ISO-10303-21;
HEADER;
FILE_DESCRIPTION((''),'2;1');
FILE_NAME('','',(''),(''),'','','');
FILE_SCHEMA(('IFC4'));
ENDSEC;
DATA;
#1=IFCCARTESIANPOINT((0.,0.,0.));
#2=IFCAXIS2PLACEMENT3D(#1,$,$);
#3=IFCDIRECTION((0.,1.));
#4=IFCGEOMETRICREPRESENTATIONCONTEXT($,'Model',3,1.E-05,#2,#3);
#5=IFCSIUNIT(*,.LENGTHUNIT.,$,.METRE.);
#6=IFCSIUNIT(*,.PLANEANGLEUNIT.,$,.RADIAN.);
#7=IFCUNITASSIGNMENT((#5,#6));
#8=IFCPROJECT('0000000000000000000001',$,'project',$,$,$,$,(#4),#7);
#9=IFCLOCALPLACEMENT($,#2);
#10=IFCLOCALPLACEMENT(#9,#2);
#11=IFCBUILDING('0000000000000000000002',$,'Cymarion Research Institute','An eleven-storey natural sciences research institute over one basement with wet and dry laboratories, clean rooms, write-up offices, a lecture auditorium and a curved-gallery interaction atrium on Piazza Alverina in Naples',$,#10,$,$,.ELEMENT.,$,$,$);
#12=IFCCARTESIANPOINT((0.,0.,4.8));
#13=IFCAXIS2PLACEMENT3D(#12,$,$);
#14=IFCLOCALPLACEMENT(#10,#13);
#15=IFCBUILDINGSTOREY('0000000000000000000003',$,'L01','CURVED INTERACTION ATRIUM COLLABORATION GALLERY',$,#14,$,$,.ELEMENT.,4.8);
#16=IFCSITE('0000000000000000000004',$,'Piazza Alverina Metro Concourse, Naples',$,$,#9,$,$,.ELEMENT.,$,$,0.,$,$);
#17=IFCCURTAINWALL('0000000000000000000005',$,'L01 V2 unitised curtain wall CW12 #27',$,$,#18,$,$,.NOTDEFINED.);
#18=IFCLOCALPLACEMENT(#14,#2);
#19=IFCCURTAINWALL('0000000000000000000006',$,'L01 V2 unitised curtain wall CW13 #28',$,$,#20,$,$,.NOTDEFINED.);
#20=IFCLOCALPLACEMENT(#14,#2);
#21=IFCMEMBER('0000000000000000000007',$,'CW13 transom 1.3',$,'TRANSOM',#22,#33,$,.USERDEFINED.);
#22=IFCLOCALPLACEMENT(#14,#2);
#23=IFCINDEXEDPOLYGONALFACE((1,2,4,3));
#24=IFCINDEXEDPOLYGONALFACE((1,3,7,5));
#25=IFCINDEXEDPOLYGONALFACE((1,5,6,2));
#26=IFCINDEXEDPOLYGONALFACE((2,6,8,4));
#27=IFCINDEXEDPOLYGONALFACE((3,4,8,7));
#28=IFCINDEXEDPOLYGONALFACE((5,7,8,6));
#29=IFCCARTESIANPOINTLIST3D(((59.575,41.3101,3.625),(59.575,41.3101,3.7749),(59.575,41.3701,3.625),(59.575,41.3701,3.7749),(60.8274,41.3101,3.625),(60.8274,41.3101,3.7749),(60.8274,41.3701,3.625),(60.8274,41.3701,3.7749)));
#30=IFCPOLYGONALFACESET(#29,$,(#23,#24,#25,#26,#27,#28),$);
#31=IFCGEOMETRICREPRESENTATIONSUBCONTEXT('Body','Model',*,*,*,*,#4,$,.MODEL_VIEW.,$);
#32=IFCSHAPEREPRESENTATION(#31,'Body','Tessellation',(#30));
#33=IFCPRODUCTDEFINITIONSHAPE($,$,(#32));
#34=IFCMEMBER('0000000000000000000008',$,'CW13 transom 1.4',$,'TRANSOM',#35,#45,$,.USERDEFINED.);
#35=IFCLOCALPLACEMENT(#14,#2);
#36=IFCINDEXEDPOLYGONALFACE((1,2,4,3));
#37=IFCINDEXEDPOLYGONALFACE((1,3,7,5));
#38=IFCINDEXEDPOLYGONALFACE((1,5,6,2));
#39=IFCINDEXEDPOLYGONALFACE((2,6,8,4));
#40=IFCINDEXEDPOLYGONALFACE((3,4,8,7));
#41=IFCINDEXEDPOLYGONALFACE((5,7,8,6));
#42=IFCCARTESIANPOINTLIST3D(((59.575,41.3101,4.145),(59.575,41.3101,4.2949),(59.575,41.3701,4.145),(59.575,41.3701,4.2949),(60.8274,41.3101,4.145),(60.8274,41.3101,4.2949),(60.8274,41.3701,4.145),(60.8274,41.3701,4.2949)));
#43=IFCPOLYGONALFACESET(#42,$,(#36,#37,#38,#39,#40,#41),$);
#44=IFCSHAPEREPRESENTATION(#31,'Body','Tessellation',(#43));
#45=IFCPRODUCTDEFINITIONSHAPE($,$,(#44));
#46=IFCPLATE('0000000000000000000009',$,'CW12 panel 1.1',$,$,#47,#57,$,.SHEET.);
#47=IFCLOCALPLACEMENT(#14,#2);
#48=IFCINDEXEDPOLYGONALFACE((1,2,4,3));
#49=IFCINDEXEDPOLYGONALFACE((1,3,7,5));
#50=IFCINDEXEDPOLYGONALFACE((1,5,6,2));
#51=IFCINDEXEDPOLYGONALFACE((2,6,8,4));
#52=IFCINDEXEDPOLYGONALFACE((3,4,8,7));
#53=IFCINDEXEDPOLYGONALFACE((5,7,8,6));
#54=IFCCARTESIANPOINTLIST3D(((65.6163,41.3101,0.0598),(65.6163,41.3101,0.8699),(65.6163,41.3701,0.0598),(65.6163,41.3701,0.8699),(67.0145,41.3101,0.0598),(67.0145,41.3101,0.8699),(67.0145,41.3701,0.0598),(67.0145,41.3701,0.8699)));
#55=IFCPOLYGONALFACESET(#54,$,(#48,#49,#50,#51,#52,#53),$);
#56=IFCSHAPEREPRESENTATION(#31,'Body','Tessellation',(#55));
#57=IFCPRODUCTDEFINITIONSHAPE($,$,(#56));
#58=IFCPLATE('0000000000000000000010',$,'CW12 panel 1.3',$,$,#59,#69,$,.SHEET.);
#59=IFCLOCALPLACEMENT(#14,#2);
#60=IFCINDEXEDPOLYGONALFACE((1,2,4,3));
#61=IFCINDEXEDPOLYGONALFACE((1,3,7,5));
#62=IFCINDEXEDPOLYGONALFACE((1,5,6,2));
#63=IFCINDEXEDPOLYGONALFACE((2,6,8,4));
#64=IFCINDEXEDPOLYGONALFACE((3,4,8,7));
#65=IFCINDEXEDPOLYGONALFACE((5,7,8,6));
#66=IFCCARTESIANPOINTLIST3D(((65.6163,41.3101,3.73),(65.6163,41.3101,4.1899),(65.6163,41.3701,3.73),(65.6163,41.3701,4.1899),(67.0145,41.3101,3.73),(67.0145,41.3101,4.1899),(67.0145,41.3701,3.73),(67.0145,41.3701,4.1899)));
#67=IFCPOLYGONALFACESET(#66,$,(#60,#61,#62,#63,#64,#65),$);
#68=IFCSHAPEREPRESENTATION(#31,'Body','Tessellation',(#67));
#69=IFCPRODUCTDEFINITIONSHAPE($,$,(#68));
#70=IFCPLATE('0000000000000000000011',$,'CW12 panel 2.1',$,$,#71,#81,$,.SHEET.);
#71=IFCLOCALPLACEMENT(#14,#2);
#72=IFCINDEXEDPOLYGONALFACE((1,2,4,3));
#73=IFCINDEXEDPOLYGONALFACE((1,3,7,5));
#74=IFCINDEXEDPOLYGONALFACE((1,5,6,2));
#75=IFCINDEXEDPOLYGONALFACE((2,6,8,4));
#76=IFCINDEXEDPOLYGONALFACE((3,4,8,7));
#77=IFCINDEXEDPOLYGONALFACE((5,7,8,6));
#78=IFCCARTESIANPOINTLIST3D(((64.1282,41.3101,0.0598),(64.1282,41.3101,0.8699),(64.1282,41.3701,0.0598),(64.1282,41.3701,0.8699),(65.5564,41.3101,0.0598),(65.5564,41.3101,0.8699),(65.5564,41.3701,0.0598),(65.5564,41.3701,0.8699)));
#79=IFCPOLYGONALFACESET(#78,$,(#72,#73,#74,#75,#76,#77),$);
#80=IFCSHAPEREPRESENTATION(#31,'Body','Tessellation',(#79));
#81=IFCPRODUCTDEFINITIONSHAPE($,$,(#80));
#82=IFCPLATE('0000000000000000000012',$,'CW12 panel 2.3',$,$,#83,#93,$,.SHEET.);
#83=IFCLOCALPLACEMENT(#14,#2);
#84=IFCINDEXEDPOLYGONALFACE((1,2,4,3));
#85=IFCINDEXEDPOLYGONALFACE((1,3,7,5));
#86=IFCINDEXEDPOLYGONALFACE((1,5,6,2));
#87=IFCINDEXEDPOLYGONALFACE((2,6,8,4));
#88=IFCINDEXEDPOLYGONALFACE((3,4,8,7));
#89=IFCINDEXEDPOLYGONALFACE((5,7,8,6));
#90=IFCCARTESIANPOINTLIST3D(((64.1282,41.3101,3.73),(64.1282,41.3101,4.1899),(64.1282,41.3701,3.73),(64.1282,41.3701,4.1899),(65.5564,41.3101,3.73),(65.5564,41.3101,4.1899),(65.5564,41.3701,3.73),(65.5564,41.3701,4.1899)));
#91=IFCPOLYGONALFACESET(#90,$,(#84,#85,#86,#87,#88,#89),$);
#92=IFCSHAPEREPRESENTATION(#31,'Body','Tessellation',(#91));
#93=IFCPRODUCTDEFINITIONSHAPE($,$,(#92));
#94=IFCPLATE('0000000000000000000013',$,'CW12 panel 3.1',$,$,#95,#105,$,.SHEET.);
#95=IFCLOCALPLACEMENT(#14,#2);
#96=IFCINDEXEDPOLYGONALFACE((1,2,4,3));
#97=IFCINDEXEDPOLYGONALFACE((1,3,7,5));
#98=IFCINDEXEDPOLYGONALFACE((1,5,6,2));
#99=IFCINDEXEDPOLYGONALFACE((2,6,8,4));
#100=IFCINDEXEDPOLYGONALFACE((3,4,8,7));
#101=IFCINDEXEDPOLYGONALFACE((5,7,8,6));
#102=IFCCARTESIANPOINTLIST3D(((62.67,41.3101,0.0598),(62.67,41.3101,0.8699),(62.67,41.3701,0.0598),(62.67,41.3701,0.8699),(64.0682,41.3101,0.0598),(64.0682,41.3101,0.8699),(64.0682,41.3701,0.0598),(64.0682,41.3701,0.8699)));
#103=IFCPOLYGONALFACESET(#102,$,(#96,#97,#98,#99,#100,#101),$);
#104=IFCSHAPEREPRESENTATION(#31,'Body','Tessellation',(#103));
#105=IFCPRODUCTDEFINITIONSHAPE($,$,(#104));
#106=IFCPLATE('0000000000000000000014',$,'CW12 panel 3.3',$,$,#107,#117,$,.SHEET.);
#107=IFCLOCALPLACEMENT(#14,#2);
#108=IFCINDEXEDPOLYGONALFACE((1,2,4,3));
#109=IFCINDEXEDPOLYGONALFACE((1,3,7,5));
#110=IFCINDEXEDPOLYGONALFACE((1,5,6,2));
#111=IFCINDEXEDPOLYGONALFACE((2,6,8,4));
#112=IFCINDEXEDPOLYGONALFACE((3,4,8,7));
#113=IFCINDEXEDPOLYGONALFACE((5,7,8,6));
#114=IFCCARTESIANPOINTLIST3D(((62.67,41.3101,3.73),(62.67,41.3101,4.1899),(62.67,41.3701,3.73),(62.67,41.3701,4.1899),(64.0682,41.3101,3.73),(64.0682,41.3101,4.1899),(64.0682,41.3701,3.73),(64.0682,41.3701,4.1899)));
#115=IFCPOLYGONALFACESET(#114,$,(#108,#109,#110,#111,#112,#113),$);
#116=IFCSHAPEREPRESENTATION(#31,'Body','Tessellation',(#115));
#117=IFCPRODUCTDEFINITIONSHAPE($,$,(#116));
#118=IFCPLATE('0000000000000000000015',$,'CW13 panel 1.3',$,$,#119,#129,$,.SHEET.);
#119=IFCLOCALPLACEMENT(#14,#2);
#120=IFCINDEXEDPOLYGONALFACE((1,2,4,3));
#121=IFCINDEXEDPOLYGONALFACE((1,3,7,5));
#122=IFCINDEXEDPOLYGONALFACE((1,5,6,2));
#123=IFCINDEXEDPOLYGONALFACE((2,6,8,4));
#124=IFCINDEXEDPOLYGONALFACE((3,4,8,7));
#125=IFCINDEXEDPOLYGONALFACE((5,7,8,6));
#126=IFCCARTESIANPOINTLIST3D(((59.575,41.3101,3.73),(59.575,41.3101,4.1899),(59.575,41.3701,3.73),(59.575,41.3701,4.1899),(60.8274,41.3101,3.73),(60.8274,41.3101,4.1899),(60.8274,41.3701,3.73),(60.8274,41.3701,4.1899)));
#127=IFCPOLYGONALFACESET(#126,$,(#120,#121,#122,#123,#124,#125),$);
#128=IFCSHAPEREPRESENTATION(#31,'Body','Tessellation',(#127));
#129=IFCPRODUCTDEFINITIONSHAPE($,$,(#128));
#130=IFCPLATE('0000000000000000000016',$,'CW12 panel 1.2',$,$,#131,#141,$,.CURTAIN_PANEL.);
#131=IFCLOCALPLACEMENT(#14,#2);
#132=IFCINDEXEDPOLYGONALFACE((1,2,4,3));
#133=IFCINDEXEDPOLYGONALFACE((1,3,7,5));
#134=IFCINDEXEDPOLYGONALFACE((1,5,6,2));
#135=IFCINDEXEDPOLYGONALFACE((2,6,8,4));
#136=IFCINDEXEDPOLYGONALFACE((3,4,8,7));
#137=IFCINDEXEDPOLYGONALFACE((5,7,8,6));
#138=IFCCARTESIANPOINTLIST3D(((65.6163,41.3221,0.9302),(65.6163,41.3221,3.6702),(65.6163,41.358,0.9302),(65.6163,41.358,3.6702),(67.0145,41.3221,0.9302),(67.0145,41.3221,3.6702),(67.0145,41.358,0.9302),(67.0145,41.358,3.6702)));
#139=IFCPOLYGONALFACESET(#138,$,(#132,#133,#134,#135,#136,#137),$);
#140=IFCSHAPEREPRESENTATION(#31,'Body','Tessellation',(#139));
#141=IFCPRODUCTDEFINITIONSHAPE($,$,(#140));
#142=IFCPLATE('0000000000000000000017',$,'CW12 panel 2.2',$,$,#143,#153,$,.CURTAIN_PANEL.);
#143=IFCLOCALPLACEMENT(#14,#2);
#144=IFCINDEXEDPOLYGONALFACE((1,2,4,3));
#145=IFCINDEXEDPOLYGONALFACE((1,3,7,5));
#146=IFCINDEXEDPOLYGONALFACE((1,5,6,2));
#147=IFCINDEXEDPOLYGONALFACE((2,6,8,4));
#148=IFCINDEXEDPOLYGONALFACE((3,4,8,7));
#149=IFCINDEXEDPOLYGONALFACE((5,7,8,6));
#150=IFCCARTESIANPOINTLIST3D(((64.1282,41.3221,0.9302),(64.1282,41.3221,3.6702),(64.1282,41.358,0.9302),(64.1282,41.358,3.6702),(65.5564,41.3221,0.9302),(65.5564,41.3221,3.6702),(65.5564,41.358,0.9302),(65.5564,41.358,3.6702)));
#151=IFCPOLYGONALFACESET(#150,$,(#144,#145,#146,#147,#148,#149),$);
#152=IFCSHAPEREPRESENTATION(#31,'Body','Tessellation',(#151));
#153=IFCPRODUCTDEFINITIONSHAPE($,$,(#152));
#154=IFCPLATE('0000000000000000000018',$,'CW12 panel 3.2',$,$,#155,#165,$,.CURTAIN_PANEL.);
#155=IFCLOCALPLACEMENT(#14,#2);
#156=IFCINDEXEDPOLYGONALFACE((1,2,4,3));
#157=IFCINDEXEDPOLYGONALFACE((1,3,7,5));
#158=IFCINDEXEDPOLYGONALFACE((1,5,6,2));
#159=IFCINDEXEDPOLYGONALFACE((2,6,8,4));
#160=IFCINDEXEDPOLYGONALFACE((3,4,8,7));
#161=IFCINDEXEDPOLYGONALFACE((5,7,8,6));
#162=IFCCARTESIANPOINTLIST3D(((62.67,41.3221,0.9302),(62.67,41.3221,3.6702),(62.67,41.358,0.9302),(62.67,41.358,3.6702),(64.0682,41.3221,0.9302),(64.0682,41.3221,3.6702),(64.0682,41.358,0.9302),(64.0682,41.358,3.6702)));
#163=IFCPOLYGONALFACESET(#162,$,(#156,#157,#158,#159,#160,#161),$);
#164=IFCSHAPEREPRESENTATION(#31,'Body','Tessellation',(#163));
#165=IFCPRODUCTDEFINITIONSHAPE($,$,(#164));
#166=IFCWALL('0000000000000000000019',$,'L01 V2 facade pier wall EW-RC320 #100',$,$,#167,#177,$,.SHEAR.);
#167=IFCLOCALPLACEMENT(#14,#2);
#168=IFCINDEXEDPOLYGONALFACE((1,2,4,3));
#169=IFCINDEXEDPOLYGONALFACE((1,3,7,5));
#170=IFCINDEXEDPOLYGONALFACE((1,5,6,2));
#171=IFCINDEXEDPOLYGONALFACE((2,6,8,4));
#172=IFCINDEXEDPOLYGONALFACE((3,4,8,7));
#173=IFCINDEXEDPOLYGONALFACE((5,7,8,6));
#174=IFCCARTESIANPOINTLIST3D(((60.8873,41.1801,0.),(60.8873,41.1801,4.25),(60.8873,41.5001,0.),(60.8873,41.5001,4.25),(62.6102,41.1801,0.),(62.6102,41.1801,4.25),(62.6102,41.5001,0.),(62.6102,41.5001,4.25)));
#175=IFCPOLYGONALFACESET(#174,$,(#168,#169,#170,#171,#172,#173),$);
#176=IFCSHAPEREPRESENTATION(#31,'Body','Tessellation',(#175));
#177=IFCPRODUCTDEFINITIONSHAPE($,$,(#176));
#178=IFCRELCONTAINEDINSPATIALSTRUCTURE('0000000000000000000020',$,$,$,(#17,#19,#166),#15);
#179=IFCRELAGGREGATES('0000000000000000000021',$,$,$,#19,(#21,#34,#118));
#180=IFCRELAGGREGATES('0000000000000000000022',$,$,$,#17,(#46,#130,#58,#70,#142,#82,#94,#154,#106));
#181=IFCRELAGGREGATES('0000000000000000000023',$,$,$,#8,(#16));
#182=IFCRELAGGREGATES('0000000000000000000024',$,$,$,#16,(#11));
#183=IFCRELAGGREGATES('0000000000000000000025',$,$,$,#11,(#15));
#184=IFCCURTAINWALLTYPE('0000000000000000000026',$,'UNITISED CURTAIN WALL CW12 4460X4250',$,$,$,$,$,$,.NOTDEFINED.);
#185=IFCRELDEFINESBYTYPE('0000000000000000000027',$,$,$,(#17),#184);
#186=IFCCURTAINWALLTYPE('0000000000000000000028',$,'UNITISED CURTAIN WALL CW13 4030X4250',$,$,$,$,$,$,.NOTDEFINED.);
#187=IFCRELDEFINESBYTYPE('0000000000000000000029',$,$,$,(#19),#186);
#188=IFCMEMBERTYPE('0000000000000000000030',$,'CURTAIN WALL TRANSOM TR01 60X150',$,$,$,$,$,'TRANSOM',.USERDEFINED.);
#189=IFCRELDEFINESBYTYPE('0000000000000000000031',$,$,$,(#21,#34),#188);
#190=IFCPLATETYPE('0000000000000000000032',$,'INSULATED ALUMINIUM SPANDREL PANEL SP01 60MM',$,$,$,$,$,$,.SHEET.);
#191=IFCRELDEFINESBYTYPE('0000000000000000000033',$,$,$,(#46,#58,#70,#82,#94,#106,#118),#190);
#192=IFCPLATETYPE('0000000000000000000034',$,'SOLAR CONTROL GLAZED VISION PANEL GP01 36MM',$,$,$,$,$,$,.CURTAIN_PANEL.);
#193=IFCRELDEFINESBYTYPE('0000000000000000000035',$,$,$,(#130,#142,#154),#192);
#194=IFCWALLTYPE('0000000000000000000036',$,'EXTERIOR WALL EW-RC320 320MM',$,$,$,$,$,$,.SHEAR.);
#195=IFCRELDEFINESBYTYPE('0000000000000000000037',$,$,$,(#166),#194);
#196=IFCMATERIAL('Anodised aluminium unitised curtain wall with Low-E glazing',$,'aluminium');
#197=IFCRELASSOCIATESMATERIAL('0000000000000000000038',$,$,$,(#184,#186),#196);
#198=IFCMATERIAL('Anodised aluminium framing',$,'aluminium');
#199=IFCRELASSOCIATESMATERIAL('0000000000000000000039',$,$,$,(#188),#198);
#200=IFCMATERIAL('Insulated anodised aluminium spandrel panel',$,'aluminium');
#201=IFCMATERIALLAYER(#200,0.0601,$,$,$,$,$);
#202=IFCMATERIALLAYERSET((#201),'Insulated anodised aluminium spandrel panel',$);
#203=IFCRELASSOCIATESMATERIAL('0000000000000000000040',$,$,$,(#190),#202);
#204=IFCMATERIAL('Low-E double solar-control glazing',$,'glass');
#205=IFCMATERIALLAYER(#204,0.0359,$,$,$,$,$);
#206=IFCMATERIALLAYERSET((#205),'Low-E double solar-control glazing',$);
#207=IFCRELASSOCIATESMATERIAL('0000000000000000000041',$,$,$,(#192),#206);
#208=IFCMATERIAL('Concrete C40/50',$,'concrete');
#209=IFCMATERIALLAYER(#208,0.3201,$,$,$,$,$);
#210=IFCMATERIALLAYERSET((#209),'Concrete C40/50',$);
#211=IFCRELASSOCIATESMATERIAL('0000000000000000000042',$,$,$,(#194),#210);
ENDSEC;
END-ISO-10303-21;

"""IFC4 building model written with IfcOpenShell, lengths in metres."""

from ifc_helpers import new_model, si_unit, direction, frame, frame_2d, origin, origin_2d, place, context, subcontext, project, spatial, rectangle, extrude, material, layer, layer_set, material_profile, profile_set, type_object, element, aggregate, save


model = new_model("IFC4")

# Units and contexts
model_context = context("Model", 3, precision=1e-05, world=origin(), true_north=direction((0.0, 1.0)))
body_context = subcontext(model_context, "Body", "Model", "MODEL_VIEW")
ifc_project = project(units=[si_unit("LENGTHUNIT", "METRE"), si_unit("PLANEANGLEUNIT", "RADIAN")], contexts=[model_context])

# Site, building, storey
site_placement = place(None, origin())
site = spatial("IfcSite", under=ifc_project, at=site_placement, Name="Piazza Alverina Metro Concourse, Naples", CompositionType="ELEMENT", RefElevation=0.0)
building_placement = place(site_placement, origin())
building = spatial("IfcBuilding", under=site, at=building_placement, Name="Cymarion Research Institute", Description="An eleven-storey natural sciences research institute over one basement with wet and dry laboratories, clean rooms, write-up offices, a lecture auditorium and a curved-gallery interaction atrium on Piazza Alverina in Naples", CompositionType="ELEMENT")
storey_placement = place(building_placement, frame((0.0, 0.0, 4.8)))
storey = spatial("IfcBuildingStorey", under=building, at=storey_placement, Name="L01", Description="CURVED INTERACTION ATRIUM COLLABORATION GALLERY", CompositionType="ELEMENT", Elevation=4.8)

# Curtain wall
ifc_material_1 = material(Name="Anodised aluminium unitised curtain wall with Low-E glazing", Category="aluminium")
curtain_wall_type_1 = type_object("IfcCurtainWallType", Name="UNITISED CURTAIN WALL CW12 4460X4250", PredefinedType="NOTDEFINED", material=ifc_material_1)
curtain_wall_1_placement = place(storey_placement, origin())
curtain_wall_1 = element("IfcCurtainWall", 1, at=curtain_wall_1_placement, inside=storey, type_object=curtain_wall_type_1, Name="L01 V2 unitised curtain wall CW12 #27", PredefinedType="NOTDEFINED")
ifc_material_2 = material(Name="Anodised aluminium framing", Category="aluminium")

# Curtain wall
curtain_wall_type_2 = type_object("IfcCurtainWallType", Name="UNITISED CURTAIN WALL CW13 4030X4250", PredefinedType="NOTDEFINED", material=ifc_material_1)
curtain_wall_2_placement = place(storey_placement, origin())
curtain_wall_2 = element("IfcCurtainWall", 2, at=curtain_wall_2_placement, inside=storey, type_object=curtain_wall_type_2, Name="L01 V2 unitised curtain wall CW13 #28", PredefinedType="NOTDEFINED")

# Members
ifc_material_profile_1 = material_profile(ifc_material_2, rectangle(XDim=0.0601, YDim=0.1499, at=origin_2d()), Name="ALU TRANSOM 60x150")
ifc_profile_set_1 = profile_set([ifc_material_profile_1], Name="Anodised aluminium framing")
member_type_1 = type_object("IfcMemberType", Name="CURTAIN WALL TRANSOM TR01 60X150", ElementType="TRANSOM", PredefinedType="USERDEFINED", material=ifc_profile_set_1)
member_1_placement = place(storey_placement, frame((60.8274, 41.3401, 3.7), z_axis=(-1.0, 0.0, 0.0), x_axis=(0.0, -1.0, 0.0)))
member_1 = element("IfcMember", 3, at=member_1_placement, type_object=member_type_1, Name="CW13 transom 1.3", ObjectType="TRANSOM", PredefinedType="USERDEFINED", context=body_context, shape_type="SweptSolid", body=[
    extrude(rectangle(XDim=0.0601, YDim=0.1499, at=origin_2d()), origin(), (0.0, 0.0, 1.0), 1.2524),
])
member_2_placement = place(storey_placement, frame((60.8274, 41.3401, 4.22), z_axis=(-1.0, 0.0, 0.0), x_axis=(0.0, -1.0, 0.0)))
member_2 = element("IfcMember", 4, at=member_2_placement, type_object=member_type_1, Name="CW13 transom 1.4", ObjectType="TRANSOM", PredefinedType="USERDEFINED", context=body_context, shape_type="SweptSolid", body=[
    extrude(rectangle(XDim=0.0601, YDim=0.1499, at=origin_2d()), origin(), (0.0, 0.0, 1.0), 1.2524),
])

# Plates
ifc_material_3 = material(Name="Insulated anodised aluminium spandrel panel", Category="aluminium")
ifc_layer_1 = layer(ifc_material_3, 0.0601)
ifc_layer_set_1 = layer_set([ifc_layer_1], Name="Insulated anodised aluminium spandrel panel")
plate_type_1 = type_object("IfcPlateType", Name="INSULATED ALUMINIUM SPANDREL PANEL SP01 60MM", PredefinedType="SHEET", material=ifc_layer_set_1)
plate_1_placement = place(storey_placement, frame((66.3154, 41.3401, 0.0598), z_axis=(0.0, 0.0, 1.0), x_axis=(-1.0, 0.0, 0.0)))
plate_1 = element("IfcPlate", 5, at=plate_1_placement, type_object=plate_type_1, Name="CW12 panel 1.1", PredefinedType="SHEET", context=body_context, shape_type="SweptSolid", body=[
    extrude(rectangle(XDim=1.3982, YDim=0.0601, at=origin_2d()), origin(), (0.0, 0.0, 1.0), 0.8101),
])
plate_2_placement = place(storey_placement, frame((66.3154, 41.3401, 3.73), z_axis=(0.0, 0.0, 1.0), x_axis=(-1.0, 0.0, 0.0)))
plate_2 = element("IfcPlate", 6, at=plate_2_placement, type_object=plate_type_1, Name="CW12 panel 1.3", PredefinedType="SHEET", context=body_context, shape_type="SweptSolid", body=[
    extrude(rectangle(XDim=1.3982, YDim=0.0601, at=origin_2d()), origin(), (0.0, 0.0, 1.0), 0.46),
])
plate_3_placement = place(storey_placement, frame((64.8423, 41.3401, 0.0598), z_axis=(0.0, 0.0, 1.0), x_axis=(-1.0, 0.0, 0.0)))
plate_3 = element("IfcPlate", 7, at=plate_3_placement, type_object=plate_type_1, Name="CW12 panel 2.1", PredefinedType="SHEET", context=body_context, shape_type="SweptSolid", body=[
    extrude(rectangle(XDim=1.4282, YDim=0.0601, at=origin_2d()), origin(), (0.0, 0.0, 1.0), 0.8101),
])
plate_4_placement = place(storey_placement, frame((64.8423, 41.3401, 3.73), z_axis=(0.0, 0.0, 1.0), x_axis=(-1.0, 0.0, 0.0)))
plate_4 = element("IfcPlate", 8, at=plate_4_placement, type_object=plate_type_1, Name="CW12 panel 2.3", PredefinedType="SHEET", context=body_context, shape_type="SweptSolid", body=[
    extrude(rectangle(XDim=1.4282, YDim=0.0601, at=origin_2d()), origin(), (0.0, 0.0, 1.0), 0.46),
])
plate_5_placement = place(storey_placement, frame((63.3691, 41.3401, 0.0598), z_axis=(0.0, 0.0, 1.0), x_axis=(-1.0, 0.0, 0.0)))
plate_5 = element("IfcPlate", 9, at=plate_5_placement, type_object=plate_type_1, Name="CW12 panel 3.1", PredefinedType="SHEET", context=body_context, shape_type="SweptSolid", body=[
    extrude(rectangle(XDim=1.3982, YDim=0.0601, at=origin_2d()), origin(), (0.0, 0.0, 1.0), 0.8101),
])
plate_6_placement = place(storey_placement, frame((63.3691, 41.3401, 3.73), z_axis=(0.0, 0.0, 1.0), x_axis=(-1.0, 0.0, 0.0)))
plate_6 = element("IfcPlate", 10, at=plate_6_placement, type_object=plate_type_1, Name="CW12 panel 3.3", PredefinedType="SHEET", context=body_context, shape_type="SweptSolid", body=[
    extrude(rectangle(XDim=1.3982, YDim=0.0601, at=origin_2d()), origin(), (0.0, 0.0, 1.0), 0.46),
])
plate_7_placement = place(storey_placement, frame((60.2012, 41.3401, 3.73), z_axis=(0.0, 0.0, 1.0), x_axis=(-1.0, 0.0, 0.0)))
plate_7 = element("IfcPlate", 11, at=plate_7_placement, type_object=plate_type_1, Name="CW13 panel 1.3", PredefinedType="SHEET", context=body_context, shape_type="SweptSolid", body=[
    extrude(rectangle(XDim=1.2524, YDim=0.0601, at=origin_2d()), origin(), (0.0, 0.0, 1.0), 0.46),
])
aggregate(curtain_wall_2, [member_1, member_2, plate_7])
ifc_material_4 = material(Name="Low-E double solar-control glazing", Category="glass")
ifc_layer_2 = layer(ifc_material_4, 0.0359)
ifc_layer_set_2 = layer_set([ifc_layer_2], Name="Low-E double solar-control glazing")
plate_type_2 = type_object("IfcPlateType", Name="SOLAR CONTROL GLAZED VISION PANEL GP01 36MM", PredefinedType="CURTAIN_PANEL", material=ifc_layer_set_2)
plate_8_placement = place(storey_placement, frame((66.3154, 41.3401, 0.9302), z_axis=(0.0, 0.0, 1.0), x_axis=(-1.0, 0.0, 0.0)))
plate_8 = element("IfcPlate", 12, at=plate_8_placement, type_object=plate_type_2, Name="CW12 panel 1.2", PredefinedType="CURTAIN_PANEL", context=body_context, shape_type="SweptSolid", body=[
    extrude(rectangle(XDim=1.3982, YDim=0.0359, at=origin_2d()), origin(), (0.0, 0.0, 1.0), 2.74),
])
plate_9_placement = place(storey_placement, frame((64.8423, 41.3401, 0.9302), z_axis=(0.0, 0.0, 1.0), x_axis=(-1.0, 0.0, 0.0)))
plate_9 = element("IfcPlate", 13, at=plate_9_placement, type_object=plate_type_2, Name="CW12 panel 2.2", PredefinedType="CURTAIN_PANEL", context=body_context, shape_type="SweptSolid", body=[
    extrude(rectangle(XDim=1.4282, YDim=0.0359, at=origin_2d()), origin(), (0.0, 0.0, 1.0), 2.74),
])
plate_10_placement = place(storey_placement, frame((63.3691, 41.3401, 0.9302), z_axis=(0.0, 0.0, 1.0), x_axis=(-1.0, 0.0, 0.0)))
plate_10 = element("IfcPlate", 14, at=plate_10_placement, type_object=plate_type_2, Name="CW12 panel 3.2", PredefinedType="CURTAIN_PANEL", context=body_context, shape_type="SweptSolid", body=[
    extrude(rectangle(XDim=1.3982, YDim=0.0359, at=origin_2d()), origin(), (0.0, 0.0, 1.0), 2.74),
])
aggregate(curtain_wall_1, [plate_1, plate_8, plate_2, plate_3, plate_9, plate_4, plate_5, plate_10, plate_6])

# Wall
ifc_material_5 = material(Name="Concrete C40/50", Category="concrete")
ifc_layer_3 = layer(ifc_material_5, 0.3201)
ifc_layer_set_3 = layer_set([ifc_layer_3], Name="Concrete C40/50")
wall_type = type_object("IfcWallType", Name="EXTERIOR WALL EW-RC320 320MM", PredefinedType="SHEAR", material=ifc_layer_set_3)
wall_placement = place(storey_placement, frame((62.6101, 41.3401, 0.0), z_axis=(0.0, 0.0, 1.0), x_axis=(-1.0, 0.0, 0.0)))
element("IfcWall", 15, at=wall_placement, inside=storey, type_object=wall_type, Name="L01 V2 facade pier wall EW-RC320 #100", PredefinedType="SHEAR", context=body_context, shape_type="SweptSolid", body=[
    extrude(rectangle(XDim=1.7229, YDim=0.3201, at=frame_2d((0.8613, 0.0))), origin(), (0.0, 0.0, 1.0), 4.25),
])

save(model, "model.ifc")
